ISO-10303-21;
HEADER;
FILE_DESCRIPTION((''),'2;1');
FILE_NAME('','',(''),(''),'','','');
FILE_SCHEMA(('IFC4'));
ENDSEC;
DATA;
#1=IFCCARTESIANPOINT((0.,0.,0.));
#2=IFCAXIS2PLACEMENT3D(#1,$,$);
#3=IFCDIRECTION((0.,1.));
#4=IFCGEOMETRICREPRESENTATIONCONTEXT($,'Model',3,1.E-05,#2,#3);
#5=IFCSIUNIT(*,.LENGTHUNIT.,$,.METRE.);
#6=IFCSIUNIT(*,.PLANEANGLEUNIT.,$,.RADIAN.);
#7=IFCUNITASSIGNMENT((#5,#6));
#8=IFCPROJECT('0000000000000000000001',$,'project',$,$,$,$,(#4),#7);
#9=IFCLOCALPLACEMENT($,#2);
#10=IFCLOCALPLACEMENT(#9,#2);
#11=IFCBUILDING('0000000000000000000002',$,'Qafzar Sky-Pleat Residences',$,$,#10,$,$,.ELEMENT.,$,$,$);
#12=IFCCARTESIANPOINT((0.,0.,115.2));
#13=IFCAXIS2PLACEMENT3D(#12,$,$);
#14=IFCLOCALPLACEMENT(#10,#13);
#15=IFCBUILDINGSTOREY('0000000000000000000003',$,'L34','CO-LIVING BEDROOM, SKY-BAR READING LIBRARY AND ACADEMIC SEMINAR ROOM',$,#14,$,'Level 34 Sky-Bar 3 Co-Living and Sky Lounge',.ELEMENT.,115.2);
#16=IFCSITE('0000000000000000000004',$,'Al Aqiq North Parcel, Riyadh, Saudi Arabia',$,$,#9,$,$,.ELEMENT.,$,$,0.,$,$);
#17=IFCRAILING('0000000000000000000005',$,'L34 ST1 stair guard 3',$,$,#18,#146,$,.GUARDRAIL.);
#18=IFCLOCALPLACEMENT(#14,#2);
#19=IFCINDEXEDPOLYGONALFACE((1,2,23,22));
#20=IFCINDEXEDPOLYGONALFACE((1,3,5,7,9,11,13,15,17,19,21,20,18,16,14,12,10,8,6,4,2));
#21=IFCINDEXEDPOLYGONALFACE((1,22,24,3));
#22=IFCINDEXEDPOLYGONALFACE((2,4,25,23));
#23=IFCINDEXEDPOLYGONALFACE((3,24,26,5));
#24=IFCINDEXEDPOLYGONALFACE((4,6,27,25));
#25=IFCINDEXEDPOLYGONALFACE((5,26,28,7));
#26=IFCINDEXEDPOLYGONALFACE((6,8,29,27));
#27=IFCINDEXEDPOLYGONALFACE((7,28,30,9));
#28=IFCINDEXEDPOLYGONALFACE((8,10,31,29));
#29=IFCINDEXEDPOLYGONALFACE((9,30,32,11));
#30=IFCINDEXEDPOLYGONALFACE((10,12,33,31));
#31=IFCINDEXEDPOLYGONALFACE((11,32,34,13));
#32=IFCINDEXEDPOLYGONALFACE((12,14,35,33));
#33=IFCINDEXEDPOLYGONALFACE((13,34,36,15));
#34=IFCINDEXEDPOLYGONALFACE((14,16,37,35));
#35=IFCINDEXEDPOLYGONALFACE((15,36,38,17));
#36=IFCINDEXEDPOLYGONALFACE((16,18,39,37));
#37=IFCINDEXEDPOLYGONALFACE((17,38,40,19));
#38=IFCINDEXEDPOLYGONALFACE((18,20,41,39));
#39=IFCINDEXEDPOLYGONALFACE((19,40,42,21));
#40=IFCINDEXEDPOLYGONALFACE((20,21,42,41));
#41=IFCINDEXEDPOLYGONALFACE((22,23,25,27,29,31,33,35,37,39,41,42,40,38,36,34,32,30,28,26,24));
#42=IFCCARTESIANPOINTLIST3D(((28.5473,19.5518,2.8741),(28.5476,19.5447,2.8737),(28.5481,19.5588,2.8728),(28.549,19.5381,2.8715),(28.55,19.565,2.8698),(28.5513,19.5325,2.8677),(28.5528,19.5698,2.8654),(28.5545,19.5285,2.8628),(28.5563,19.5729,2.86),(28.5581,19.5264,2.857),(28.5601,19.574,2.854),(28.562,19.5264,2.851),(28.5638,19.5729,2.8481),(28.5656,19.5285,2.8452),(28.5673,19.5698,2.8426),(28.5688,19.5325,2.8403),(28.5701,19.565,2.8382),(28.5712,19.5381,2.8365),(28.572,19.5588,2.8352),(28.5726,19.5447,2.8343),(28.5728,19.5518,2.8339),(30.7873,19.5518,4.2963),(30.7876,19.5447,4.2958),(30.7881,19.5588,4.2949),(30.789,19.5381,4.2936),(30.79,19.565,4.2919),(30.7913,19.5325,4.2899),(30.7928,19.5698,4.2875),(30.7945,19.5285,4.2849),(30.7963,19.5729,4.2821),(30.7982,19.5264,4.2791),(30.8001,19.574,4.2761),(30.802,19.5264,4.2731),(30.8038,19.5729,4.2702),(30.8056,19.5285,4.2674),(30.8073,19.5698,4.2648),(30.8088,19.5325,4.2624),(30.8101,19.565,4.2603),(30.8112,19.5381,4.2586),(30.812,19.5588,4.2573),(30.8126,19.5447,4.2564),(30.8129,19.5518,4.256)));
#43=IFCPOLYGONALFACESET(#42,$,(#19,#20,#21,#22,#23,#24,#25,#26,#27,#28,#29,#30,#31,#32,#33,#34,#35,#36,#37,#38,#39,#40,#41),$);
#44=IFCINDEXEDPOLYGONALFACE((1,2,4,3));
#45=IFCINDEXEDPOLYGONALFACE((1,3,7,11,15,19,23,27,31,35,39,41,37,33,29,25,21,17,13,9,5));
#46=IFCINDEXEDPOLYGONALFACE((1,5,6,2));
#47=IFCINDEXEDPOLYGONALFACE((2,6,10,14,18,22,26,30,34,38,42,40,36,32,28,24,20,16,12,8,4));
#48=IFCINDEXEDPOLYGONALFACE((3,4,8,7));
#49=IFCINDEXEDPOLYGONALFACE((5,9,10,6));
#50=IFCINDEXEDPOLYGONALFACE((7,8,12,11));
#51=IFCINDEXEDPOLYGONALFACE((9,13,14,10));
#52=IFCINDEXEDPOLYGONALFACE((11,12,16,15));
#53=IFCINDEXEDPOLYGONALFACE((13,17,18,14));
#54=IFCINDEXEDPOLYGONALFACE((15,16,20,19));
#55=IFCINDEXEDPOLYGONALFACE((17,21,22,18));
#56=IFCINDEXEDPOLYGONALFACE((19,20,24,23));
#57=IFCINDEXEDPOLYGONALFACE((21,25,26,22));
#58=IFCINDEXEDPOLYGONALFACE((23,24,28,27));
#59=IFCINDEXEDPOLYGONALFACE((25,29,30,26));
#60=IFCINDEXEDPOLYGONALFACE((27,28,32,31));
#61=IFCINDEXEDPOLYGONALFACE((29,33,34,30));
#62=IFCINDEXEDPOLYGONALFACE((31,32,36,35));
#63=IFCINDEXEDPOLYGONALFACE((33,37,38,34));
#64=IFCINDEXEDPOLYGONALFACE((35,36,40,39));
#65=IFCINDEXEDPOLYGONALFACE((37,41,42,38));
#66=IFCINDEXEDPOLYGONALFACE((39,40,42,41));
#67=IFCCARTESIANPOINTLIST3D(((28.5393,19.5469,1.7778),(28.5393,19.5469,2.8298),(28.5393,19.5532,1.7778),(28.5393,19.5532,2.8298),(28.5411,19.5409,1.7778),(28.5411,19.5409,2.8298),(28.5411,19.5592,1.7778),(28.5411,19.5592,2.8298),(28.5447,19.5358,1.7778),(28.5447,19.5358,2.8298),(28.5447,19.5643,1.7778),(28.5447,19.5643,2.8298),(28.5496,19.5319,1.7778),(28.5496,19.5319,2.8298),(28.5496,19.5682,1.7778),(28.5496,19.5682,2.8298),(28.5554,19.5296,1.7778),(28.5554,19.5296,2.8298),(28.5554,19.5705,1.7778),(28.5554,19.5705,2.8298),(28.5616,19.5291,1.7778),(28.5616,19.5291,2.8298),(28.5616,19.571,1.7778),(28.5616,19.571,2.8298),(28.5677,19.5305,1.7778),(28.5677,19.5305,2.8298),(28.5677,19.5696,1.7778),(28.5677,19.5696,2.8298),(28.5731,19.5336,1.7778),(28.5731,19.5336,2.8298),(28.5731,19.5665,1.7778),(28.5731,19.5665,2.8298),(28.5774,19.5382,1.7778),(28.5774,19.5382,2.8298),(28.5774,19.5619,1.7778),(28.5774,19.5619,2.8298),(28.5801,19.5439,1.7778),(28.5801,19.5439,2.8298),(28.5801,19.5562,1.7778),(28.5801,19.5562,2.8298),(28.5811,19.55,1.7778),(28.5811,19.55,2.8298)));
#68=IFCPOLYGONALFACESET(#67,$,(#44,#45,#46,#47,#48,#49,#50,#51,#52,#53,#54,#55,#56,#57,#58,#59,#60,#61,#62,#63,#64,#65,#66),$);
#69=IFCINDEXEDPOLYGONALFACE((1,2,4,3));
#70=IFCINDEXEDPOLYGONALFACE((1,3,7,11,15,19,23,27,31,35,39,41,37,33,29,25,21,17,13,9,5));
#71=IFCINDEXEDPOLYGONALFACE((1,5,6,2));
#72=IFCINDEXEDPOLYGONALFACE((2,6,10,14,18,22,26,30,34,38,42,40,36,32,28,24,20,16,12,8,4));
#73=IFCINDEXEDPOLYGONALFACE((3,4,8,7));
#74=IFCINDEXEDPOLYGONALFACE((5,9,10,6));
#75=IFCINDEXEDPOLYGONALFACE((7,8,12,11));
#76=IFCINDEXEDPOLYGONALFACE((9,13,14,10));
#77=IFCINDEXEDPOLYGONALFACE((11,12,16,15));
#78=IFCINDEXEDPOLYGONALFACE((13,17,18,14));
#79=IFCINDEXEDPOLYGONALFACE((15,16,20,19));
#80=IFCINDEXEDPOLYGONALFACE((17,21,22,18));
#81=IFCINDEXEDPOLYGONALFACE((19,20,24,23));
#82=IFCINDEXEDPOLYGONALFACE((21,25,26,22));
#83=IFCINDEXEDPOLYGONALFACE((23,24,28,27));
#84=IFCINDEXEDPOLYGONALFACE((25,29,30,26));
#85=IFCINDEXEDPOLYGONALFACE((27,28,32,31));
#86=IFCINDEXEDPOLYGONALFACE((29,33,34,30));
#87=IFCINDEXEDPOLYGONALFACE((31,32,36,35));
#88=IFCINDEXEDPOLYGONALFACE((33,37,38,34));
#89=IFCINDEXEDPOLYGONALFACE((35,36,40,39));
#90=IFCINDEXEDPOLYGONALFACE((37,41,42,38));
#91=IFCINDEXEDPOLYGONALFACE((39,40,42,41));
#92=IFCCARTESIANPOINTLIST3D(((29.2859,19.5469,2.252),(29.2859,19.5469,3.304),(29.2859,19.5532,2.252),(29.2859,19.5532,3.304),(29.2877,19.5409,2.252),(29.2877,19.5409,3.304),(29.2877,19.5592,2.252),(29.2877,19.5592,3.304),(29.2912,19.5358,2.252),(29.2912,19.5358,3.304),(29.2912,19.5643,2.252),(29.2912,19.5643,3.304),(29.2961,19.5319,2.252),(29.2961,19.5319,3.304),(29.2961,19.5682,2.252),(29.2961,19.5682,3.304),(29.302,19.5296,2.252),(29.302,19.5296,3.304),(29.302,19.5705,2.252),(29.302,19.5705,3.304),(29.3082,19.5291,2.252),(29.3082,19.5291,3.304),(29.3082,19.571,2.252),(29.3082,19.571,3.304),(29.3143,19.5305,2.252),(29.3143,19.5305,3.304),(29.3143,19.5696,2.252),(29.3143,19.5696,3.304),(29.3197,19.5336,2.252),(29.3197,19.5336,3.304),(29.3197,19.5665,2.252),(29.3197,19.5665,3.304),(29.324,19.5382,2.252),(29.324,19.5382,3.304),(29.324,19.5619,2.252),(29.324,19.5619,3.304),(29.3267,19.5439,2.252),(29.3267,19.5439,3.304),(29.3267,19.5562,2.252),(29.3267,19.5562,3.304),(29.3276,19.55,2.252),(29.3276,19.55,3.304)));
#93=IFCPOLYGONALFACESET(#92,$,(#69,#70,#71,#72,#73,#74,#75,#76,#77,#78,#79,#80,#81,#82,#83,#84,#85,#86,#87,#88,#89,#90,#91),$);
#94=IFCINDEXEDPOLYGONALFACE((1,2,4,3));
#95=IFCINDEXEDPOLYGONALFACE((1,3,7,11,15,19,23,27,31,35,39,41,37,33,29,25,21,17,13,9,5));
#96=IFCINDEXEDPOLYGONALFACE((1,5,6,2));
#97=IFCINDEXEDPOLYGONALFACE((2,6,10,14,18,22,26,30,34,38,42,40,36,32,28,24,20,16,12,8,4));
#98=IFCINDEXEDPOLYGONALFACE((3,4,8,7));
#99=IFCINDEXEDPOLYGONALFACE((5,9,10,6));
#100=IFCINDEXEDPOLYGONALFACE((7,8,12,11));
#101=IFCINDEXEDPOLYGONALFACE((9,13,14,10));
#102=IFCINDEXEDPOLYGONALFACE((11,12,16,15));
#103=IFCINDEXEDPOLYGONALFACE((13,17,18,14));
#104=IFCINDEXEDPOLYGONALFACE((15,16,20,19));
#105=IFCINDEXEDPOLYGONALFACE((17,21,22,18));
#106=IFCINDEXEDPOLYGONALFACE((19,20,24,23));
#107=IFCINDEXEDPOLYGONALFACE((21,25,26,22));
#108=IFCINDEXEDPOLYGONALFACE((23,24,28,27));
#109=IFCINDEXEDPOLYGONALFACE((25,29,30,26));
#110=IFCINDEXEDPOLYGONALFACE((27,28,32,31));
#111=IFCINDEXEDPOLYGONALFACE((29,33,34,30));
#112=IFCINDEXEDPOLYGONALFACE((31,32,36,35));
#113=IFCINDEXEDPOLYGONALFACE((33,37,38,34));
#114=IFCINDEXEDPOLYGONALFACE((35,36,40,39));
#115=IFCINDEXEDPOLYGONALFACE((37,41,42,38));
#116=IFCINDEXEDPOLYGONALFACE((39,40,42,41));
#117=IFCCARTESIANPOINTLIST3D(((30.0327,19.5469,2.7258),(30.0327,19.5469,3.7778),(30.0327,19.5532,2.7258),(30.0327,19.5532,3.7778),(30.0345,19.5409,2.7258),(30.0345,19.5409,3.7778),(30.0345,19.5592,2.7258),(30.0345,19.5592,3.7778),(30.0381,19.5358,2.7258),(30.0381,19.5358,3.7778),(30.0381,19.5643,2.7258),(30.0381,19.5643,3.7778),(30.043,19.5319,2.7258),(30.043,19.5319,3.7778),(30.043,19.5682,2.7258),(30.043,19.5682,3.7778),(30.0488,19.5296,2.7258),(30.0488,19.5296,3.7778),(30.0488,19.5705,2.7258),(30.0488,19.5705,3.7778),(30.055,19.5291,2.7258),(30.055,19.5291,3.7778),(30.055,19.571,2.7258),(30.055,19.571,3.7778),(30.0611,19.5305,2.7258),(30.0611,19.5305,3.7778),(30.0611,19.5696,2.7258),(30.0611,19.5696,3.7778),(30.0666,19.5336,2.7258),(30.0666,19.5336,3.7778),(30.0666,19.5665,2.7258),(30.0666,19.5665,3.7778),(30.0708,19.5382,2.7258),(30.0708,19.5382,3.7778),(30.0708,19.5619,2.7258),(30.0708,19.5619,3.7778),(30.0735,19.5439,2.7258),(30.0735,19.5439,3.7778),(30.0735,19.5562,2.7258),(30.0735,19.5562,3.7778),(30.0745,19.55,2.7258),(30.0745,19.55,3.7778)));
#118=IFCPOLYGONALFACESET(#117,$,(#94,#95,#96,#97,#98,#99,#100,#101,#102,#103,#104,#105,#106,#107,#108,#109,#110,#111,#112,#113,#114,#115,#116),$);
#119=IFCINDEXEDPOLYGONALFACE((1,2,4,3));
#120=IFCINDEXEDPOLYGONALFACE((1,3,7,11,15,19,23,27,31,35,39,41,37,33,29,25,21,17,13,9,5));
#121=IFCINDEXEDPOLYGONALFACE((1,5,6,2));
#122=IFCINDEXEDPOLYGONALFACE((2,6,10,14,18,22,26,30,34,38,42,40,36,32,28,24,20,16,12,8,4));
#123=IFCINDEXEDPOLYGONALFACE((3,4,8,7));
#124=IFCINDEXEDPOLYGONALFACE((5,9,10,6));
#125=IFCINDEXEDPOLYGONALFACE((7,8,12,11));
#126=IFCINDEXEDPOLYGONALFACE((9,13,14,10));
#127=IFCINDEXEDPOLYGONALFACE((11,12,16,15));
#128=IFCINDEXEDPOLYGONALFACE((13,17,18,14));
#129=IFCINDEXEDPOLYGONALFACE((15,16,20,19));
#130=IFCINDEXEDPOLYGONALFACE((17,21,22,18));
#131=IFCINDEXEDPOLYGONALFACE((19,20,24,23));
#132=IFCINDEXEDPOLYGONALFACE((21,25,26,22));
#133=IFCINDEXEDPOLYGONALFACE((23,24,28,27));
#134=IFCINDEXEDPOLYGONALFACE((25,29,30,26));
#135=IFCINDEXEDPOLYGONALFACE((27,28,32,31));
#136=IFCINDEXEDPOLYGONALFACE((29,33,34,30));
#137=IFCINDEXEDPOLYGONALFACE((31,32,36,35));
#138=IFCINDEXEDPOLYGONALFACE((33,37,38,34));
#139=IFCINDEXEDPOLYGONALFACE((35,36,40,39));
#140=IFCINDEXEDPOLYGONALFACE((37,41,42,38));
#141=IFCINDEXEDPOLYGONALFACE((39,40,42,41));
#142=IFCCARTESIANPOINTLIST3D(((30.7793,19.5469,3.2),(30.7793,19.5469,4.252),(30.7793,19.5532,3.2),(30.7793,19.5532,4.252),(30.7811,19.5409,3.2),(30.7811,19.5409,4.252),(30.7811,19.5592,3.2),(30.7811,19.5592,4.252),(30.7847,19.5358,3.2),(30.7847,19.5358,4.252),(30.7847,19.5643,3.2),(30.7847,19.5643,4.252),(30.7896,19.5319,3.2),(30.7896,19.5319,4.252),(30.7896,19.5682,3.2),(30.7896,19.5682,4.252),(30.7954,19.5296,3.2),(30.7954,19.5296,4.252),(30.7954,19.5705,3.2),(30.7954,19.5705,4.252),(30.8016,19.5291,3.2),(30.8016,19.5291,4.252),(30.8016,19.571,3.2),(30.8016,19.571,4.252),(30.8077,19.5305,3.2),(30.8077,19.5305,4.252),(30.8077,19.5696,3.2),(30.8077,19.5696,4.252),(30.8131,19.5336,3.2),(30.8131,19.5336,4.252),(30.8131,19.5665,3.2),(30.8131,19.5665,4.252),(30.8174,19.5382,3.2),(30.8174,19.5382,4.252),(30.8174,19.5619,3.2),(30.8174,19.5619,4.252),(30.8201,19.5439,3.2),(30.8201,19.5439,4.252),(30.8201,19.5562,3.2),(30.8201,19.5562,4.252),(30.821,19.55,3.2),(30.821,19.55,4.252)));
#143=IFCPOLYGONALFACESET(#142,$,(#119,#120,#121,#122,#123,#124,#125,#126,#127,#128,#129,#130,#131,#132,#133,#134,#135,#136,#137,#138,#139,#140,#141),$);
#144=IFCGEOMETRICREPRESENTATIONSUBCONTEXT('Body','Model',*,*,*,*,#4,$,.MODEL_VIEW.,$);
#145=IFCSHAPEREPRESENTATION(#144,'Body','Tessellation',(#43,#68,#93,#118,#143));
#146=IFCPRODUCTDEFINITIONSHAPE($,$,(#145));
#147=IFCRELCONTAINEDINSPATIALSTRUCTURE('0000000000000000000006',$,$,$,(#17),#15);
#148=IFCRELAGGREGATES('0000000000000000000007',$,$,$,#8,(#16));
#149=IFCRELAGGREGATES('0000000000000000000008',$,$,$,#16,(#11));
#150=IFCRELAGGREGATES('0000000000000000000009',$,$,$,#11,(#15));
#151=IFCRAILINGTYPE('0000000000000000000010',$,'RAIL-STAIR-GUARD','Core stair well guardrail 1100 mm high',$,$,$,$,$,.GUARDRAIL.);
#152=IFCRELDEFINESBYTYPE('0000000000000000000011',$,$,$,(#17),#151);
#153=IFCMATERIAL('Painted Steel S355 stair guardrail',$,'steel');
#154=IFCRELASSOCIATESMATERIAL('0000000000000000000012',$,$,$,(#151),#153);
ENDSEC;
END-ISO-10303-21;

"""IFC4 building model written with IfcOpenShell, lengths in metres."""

from ifc_helpers import new_model, si_unit, direction, frame, origin, origin_2d, place, context, subcontext, project, spatial, circle, extrude, source, transform, mapped, material, type_object, element, save


model = new_model("IFC4")

# Units and contexts
model_context = context("Model", 3, precision=1e-05, world=origin(), true_north=direction((0.0, 1.0)))
body_context = subcontext(model_context, "Body", "Model", "MODEL_VIEW")
ifc_project = project(units=[si_unit("LENGTHUNIT", "METRE"), si_unit("PLANEANGLEUNIT", "RADIAN")], contexts=[model_context])

# Site, building, storey
site_placement = place(None, origin())
site = spatial("IfcSite", under=ifc_project, at=site_placement, Name="Al Aqiq North Parcel, Riyadh, Saudi Arabia", CompositionType="ELEMENT", RefElevation=0.0)
building_placement = place(site_placement, origin())
building = spatial("IfcBuilding", under=site, at=building_placement, Name="Qafzar Sky-Pleat Residences", CompositionType="ELEMENT")
storey_placement = place(building_placement, frame((0.0, 0.0, 115.2)))
storey = spatial("IfcBuildingStorey", under=building, at=storey_placement, Name="L34", Description="CO-LIVING BEDROOM, SKY-BAR READING LIBRARY AND ACADEMIC SEMINAR ROOM", LongName="Level 34 Sky-Bar 3 Co-Living and Sky Lounge", CompositionType="ELEMENT", Elevation=115.2)

# Railing
ifc_material_1 = material(Name="Painted Steel S355 stair guardrail", Category="steel")
railing_type_1 = type_object("IfcRailingType", Name="RAIL-STAIR-GUARD", Description="Core stair well guardrail 1100 mm high", PredefinedType="GUARDRAIL", material=ifc_material_1)
shared_shape_1 = source(origin(), body_context, "Body", "SweptSolid", [
    extrude(circle(Radius=0.0239, at=origin_2d()), frame((0.0, 0.0, 1.0762), z_axis=(0.844229, 0.0, 0.535982), x_axis=(0.0, 1.0, 0.0)), (0.0, 0.0, 1.0), 2.6533),
    extrude(circle(Radius=0.021, at=origin_2d()), origin(), (0.0, 0.0, 1.0), 1.052),
    extrude(circle(Radius=0.021, at=origin_2d()), frame((0.7466, 0.0, 0.4741)), (0.0, 0.0, 1.0), 1.052),
    extrude(circle(Radius=0.021, at=origin_2d()), frame((1.4934, 0.0, 0.948)), (0.0, 0.0, 1.0), 1.052),
    extrude(circle(Radius=0.021, at=origin_2d()), frame((2.24, 0.0, 1.4221)), (0.0, 0.0, 1.0), 1.052),
])
railing_1_placement = place(storey_placement, frame((28.5601, 19.55, 1.7778)))
element("IfcRailing", 1, at=railing_1_placement, inside=storey, type_object=railing_type_1, Name="L34 ST1 stair guard 3", PredefinedType="GUARDRAIL", context=body_context, shape_type="MappedRepresentation", body=[
    mapped(shared_shape_1, transform((0.0, 0.0, 0.0), x_axis=(1.0, 0.0, 0.0), y_axis=(0.0, 1.0, 0.0), z_axis=(0.0, 0.0, 1.0), scale=1.0)),
])

save(model, "model.ifc")
